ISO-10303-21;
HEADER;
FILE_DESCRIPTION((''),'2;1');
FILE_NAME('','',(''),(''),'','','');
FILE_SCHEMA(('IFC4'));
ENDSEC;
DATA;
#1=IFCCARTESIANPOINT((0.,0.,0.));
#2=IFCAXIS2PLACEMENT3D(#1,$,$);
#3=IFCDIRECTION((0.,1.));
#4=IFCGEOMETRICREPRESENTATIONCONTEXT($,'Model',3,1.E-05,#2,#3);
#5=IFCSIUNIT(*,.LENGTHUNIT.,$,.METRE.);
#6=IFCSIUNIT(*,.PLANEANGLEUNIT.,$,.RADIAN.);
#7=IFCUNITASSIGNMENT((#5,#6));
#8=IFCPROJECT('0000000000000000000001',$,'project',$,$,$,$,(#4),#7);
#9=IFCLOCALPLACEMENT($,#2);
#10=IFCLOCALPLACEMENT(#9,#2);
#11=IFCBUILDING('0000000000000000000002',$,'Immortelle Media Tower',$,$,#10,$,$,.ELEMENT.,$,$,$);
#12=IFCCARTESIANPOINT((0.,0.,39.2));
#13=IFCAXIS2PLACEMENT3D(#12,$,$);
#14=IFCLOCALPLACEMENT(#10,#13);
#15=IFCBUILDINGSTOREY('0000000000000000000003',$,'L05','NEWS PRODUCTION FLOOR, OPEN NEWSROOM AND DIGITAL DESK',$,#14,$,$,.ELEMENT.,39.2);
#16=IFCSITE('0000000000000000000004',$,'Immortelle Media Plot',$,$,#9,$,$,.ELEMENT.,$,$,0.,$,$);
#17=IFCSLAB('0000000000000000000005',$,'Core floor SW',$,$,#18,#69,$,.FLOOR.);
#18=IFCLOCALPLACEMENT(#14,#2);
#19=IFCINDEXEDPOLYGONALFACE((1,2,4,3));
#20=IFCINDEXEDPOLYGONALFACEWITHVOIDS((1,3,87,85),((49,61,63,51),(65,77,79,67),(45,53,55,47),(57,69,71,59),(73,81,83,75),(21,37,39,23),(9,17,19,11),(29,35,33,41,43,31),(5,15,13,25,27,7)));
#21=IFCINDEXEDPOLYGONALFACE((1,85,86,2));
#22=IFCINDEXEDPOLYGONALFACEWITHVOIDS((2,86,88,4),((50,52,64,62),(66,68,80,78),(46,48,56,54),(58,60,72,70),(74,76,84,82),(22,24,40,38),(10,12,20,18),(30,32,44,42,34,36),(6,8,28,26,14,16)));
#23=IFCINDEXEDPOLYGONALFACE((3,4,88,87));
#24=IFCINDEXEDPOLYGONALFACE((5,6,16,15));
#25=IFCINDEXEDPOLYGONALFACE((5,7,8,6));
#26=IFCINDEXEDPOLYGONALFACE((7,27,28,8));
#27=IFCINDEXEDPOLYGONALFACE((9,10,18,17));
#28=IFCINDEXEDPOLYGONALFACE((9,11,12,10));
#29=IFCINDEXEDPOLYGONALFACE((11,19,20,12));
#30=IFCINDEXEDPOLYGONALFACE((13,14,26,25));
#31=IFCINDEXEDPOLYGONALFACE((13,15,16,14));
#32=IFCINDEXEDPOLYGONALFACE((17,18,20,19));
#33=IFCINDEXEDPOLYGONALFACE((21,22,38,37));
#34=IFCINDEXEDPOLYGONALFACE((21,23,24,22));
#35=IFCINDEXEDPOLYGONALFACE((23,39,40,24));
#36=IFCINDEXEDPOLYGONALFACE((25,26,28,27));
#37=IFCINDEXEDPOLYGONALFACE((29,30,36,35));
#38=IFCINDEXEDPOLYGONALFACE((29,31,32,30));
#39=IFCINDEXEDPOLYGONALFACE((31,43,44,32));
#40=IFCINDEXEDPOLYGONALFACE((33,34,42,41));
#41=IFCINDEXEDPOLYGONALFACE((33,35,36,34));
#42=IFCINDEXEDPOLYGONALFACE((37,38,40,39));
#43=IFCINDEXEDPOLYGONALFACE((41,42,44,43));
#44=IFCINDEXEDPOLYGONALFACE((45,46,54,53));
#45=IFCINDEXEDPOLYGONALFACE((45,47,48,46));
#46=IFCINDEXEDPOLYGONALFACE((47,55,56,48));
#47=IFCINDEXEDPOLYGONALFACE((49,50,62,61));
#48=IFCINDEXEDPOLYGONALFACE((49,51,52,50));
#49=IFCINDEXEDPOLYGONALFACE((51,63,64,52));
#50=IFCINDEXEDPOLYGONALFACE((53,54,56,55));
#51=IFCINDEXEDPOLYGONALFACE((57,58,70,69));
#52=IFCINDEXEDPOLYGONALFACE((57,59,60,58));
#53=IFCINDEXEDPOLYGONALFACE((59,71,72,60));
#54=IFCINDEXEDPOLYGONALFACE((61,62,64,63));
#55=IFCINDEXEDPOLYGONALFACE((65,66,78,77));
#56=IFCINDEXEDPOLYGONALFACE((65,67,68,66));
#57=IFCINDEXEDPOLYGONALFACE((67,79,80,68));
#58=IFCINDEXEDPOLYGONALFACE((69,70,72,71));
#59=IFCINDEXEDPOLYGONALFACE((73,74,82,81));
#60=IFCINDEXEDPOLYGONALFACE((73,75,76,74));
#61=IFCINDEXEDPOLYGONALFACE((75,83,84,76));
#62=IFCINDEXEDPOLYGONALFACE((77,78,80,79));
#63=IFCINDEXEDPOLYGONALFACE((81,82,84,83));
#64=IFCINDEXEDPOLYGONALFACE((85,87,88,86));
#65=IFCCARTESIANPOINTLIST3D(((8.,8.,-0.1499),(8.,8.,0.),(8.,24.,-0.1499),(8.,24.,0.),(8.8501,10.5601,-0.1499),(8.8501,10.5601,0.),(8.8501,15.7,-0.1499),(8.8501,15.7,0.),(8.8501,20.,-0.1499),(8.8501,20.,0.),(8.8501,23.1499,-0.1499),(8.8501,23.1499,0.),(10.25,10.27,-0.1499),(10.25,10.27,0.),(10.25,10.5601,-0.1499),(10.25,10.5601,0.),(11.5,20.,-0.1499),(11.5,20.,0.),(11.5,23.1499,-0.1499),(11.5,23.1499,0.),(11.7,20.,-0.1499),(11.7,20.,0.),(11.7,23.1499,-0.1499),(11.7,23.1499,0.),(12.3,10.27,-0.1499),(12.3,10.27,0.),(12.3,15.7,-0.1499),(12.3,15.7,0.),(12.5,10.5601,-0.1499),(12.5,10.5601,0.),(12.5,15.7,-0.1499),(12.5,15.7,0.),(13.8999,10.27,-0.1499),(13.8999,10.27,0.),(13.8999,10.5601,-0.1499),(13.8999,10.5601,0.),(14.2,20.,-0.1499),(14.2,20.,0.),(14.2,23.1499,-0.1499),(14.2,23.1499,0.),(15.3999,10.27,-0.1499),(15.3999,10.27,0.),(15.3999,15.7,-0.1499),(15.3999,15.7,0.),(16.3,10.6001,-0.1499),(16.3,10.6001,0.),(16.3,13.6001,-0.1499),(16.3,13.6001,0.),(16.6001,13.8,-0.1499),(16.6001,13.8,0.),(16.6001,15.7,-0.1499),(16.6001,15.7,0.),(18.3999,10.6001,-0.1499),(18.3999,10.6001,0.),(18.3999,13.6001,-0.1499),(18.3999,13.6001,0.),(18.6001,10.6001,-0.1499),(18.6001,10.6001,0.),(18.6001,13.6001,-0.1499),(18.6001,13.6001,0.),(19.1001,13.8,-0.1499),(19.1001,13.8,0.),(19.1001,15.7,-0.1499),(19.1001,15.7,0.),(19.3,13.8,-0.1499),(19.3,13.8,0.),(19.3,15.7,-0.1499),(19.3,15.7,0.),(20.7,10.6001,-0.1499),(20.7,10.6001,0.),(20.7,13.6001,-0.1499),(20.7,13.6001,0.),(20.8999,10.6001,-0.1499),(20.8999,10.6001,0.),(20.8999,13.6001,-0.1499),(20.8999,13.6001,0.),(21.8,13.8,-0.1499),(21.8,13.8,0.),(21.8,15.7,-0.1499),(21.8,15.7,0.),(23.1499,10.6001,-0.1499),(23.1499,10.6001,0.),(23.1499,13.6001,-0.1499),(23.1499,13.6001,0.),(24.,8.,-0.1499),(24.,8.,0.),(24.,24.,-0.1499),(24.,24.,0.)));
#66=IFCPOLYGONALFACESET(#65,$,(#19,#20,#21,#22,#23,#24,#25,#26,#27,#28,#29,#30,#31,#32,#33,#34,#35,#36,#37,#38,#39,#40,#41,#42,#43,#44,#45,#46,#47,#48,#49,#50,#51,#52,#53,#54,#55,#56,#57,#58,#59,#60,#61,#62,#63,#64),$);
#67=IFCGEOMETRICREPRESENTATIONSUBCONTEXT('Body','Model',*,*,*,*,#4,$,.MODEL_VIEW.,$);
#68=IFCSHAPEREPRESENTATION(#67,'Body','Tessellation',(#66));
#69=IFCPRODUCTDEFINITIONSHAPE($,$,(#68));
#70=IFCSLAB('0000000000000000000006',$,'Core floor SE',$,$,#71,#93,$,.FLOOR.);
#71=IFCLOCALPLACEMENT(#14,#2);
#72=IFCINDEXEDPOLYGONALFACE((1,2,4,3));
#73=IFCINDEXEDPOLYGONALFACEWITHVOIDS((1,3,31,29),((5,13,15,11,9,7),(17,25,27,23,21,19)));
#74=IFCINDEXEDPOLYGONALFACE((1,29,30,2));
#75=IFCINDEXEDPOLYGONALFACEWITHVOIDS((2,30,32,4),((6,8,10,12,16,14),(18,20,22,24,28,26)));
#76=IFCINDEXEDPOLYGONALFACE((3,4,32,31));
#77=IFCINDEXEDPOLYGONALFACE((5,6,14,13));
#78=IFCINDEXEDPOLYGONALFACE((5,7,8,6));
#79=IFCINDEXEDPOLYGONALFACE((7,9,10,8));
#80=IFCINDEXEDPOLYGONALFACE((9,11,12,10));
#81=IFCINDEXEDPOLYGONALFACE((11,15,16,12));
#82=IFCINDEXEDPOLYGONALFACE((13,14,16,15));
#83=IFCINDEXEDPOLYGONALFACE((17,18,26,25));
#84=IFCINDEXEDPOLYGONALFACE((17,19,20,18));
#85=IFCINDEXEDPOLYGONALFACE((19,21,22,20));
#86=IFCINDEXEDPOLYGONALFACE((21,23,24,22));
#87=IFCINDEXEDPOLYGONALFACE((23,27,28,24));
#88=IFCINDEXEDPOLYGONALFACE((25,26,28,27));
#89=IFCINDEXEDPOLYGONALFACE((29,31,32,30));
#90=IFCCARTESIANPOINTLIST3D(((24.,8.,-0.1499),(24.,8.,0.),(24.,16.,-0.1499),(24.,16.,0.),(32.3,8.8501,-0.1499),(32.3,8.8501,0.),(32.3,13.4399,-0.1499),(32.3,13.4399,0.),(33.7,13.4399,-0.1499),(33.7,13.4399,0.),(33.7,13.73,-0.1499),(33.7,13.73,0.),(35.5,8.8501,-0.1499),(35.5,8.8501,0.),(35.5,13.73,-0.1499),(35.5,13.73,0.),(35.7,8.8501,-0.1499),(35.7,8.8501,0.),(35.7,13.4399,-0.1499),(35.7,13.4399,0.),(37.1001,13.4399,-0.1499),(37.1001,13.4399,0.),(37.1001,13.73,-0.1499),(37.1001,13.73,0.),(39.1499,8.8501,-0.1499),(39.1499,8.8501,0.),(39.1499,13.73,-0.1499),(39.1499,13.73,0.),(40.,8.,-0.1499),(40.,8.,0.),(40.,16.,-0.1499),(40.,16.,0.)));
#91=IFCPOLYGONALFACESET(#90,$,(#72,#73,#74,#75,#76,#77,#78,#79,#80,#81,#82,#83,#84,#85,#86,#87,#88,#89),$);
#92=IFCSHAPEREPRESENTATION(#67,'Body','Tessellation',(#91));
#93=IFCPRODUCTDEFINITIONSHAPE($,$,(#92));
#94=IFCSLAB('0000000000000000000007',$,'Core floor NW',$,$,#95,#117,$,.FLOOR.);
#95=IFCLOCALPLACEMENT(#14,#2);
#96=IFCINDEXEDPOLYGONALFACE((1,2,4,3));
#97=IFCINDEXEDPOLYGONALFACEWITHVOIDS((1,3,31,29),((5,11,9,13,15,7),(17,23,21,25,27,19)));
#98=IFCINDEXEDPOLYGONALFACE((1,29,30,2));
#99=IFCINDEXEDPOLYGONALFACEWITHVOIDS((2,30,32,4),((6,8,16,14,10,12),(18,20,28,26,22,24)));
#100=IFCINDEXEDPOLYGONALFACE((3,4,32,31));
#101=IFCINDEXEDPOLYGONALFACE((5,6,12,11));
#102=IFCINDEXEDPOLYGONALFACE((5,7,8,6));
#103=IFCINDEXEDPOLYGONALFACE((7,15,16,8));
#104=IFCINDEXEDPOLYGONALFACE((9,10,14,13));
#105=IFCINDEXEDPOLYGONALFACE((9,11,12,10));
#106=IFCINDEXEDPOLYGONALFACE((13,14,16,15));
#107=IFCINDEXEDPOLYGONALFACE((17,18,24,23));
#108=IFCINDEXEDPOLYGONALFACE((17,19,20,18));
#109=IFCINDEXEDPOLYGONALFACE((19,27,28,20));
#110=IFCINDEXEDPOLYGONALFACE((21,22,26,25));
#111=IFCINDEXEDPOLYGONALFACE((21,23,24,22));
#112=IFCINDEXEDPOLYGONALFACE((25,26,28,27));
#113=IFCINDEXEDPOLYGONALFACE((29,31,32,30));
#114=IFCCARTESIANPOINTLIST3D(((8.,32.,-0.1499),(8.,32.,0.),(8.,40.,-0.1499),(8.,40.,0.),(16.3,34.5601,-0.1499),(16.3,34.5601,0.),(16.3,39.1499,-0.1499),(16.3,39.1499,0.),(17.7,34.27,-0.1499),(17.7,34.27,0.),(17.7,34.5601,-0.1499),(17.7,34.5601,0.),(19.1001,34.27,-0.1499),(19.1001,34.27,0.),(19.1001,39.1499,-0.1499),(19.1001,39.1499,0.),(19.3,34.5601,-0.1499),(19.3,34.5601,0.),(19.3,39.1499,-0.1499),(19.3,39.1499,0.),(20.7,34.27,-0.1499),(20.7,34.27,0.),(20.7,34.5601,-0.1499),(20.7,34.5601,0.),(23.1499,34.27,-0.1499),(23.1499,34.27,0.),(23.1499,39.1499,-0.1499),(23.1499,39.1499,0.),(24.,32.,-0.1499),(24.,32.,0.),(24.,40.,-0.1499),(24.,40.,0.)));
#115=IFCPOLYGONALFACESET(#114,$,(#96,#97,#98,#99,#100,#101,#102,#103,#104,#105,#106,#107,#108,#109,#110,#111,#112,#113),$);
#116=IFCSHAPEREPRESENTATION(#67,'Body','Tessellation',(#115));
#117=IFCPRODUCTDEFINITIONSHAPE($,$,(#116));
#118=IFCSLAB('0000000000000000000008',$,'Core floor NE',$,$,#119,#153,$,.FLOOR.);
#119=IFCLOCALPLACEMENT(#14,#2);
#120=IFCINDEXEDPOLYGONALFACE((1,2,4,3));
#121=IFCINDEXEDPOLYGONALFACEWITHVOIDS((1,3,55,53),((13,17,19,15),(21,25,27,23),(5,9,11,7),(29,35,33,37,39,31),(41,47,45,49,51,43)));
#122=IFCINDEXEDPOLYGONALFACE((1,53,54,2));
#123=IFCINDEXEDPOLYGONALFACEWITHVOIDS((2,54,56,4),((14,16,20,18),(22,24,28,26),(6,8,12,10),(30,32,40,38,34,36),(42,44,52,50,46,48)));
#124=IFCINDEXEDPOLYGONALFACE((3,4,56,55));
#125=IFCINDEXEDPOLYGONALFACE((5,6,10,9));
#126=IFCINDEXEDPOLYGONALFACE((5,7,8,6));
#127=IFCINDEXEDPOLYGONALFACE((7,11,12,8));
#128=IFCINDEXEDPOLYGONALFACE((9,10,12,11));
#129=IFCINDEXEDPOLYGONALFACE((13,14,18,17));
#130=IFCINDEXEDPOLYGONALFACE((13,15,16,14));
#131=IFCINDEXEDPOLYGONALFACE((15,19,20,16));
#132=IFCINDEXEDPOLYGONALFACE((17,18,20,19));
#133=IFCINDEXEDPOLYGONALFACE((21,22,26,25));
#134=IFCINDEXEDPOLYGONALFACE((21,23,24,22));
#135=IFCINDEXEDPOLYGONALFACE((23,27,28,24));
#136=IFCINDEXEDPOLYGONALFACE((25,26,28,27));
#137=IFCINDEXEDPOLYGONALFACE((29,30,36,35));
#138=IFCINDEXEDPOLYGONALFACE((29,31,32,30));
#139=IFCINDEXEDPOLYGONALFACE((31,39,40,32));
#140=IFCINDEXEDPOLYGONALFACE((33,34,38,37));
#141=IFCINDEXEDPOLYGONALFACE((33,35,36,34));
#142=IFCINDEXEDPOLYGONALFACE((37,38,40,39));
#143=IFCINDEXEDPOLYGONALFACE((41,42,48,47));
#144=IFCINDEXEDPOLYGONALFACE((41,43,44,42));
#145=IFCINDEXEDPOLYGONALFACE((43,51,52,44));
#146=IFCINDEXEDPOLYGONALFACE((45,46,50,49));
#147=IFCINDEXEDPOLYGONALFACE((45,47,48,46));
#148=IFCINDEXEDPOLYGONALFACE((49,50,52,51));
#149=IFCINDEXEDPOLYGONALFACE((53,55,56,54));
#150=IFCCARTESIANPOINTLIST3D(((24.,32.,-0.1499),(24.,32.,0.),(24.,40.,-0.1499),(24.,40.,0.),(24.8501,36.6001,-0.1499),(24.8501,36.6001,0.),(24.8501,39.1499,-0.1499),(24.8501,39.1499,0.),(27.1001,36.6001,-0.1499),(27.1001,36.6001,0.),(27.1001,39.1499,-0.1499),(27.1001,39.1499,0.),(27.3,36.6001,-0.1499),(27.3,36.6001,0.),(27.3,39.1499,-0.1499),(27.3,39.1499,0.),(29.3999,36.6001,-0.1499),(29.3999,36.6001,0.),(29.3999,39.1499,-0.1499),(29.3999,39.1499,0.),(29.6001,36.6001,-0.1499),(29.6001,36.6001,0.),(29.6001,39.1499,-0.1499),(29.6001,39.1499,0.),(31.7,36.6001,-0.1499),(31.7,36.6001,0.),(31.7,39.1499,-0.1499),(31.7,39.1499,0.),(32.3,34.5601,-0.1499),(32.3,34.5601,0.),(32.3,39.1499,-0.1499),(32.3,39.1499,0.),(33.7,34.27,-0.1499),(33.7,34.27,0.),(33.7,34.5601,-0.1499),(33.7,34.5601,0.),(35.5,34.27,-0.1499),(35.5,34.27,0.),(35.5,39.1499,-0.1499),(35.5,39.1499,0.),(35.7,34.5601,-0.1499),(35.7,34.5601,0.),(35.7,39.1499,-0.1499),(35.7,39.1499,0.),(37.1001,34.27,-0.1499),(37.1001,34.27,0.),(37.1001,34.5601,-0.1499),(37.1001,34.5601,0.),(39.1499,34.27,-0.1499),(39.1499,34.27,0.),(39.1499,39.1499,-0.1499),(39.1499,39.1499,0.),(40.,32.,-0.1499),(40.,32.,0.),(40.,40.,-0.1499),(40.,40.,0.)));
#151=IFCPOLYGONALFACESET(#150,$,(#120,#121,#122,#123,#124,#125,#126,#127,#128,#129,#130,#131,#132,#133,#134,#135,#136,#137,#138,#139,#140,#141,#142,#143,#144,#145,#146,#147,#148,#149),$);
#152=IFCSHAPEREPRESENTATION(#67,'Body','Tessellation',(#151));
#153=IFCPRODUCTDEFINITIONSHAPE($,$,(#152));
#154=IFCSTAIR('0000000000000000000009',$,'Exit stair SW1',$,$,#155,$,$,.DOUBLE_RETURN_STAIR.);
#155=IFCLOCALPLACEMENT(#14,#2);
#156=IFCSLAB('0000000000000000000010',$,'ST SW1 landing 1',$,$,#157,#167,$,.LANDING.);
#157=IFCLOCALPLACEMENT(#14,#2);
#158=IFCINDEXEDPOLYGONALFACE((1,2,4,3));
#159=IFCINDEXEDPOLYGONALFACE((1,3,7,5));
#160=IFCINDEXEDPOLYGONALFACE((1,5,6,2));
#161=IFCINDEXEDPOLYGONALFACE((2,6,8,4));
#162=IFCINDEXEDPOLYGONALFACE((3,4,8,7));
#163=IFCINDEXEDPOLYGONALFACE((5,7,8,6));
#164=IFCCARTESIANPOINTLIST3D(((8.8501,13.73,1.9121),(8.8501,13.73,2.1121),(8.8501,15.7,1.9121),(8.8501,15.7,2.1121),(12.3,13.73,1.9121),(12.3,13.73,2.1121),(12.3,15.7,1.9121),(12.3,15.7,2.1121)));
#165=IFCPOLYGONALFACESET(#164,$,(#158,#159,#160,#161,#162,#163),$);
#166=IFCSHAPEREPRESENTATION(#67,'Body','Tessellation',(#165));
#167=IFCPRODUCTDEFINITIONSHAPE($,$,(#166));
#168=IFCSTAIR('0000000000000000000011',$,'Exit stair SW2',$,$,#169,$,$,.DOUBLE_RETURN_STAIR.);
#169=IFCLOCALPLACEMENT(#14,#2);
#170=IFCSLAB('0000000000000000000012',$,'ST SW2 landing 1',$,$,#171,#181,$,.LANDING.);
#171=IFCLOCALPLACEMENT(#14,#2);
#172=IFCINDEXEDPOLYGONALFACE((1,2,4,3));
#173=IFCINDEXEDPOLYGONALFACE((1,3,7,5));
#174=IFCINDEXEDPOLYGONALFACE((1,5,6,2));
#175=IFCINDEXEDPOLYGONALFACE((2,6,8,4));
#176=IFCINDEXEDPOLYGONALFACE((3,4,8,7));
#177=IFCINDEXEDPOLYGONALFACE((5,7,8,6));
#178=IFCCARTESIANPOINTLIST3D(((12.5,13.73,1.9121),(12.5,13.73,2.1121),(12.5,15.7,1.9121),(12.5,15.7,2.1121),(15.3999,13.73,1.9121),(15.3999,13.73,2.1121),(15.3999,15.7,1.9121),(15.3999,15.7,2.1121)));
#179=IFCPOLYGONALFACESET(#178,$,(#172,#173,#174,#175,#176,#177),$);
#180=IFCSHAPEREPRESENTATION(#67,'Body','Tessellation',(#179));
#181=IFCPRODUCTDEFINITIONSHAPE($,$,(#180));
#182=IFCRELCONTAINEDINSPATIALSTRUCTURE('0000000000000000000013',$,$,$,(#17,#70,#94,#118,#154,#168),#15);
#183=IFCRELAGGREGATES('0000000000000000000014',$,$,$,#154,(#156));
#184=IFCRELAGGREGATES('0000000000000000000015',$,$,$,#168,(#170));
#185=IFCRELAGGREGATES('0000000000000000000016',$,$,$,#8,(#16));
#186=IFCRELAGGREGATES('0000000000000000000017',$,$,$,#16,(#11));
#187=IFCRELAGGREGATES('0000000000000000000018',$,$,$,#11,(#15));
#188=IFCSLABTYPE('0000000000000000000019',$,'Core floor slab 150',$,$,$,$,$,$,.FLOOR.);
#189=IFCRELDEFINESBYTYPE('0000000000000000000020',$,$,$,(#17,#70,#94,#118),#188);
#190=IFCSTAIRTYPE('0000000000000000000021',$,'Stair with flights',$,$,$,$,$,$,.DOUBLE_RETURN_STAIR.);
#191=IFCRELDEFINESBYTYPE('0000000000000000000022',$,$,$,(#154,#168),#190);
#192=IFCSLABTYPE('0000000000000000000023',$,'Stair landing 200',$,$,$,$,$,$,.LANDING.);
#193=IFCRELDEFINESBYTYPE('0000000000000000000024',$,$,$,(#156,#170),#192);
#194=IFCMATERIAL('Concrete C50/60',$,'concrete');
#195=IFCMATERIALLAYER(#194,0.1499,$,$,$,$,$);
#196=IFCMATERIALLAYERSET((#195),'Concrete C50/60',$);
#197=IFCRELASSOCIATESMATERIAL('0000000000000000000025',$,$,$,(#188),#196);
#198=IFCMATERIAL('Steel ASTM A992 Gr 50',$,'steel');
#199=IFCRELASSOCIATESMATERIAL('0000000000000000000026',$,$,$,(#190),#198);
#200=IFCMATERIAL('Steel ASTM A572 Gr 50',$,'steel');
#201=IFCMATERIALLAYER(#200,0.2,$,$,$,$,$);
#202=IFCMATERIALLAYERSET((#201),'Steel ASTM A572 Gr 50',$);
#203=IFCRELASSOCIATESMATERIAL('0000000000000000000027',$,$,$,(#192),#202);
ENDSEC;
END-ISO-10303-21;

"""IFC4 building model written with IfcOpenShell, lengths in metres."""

from ifc_helpers import new_model, si_unit, direction, frame, origin, place, context, subcontext, project, spatial, polyline, outline, extrude, material, layer, layer_set, type_object, element, aggregate, save


model = new_model("IFC4")

# Units and contexts
model_context = context("Model", 3, precision=1e-05, world=origin(), true_north=direction((0.0, 1.0)))
body_context = subcontext(model_context, "Body", "Model", "MODEL_VIEW")
ifc_project = project(units=[si_unit("LENGTHUNIT", "METRE"), si_unit("PLANEANGLEUNIT", "RADIAN")], contexts=[model_context])

# Site, building, storey
site_placement = place(None, origin())
site = spatial("IfcSite", under=ifc_project, at=site_placement, Name="Immortelle Media Plot", CompositionType="ELEMENT", RefElevation=0.0)
building_placement = place(site_placement, origin())
building = spatial("IfcBuilding", under=site, at=building_placement, Name="Immortelle Media Tower", CompositionType="ELEMENT")
storey_placement = place(building_placement, frame((0.0, 0.0, 39.2)))
storey = spatial("IfcBuildingStorey", under=building, at=storey_placement, Name="L05", Description="NEWS PRODUCTION FLOOR, OPEN NEWSROOM AND DIGITAL DESK", CompositionType="ELEMENT", Elevation=39.2)

# Slabs
ifc_material_1 = material(Name="Concrete C50/60", Category="concrete")
ifc_layer_1 = layer(ifc_material_1, 0.1499)
ifc_layer_set_1 = layer_set([ifc_layer_1], Name="Concrete C50/60")
slab_type_1 = type_object("IfcSlabType", Name="Core floor slab 150", PredefinedType="FLOOR", material=ifc_layer_set_1)
slab_1_placement = place(storey_placement, frame((0.0, 0.0, -0.1499)))
element("IfcSlab", 1, at=slab_1_placement, inside=storey, type_object=slab_type_1, Name="Core floor SW", PredefinedType="FLOOR", context=body_context, shape_type="SweptSolid", body=[
    extrude(outline(polyline([(8.0, 8.0), (24.0, 8.0), (24.0, 24.0), (8.0, 24.0), (8.0, 8.0)]), holes=[polyline([(8.8501, 20.0), (11.5, 20.0), (11.5, 23.1499), (8.8501, 23.1499), (8.8501, 20.0)]), polyline([(11.7, 20.0), (14.2, 20.0), (14.2, 23.1499), (11.7, 23.1499), (11.7, 20.0)]), polyline([(16.6001, 13.8), (19.1001, 13.8), (19.1001, 15.7), (16.6001, 15.7), (16.6001, 13.8)]), polyline([(19.3, 13.8), (21.8, 13.8), (21.8, 15.7), (19.3, 15.7), (19.3, 13.8)]), polyline([(16.3, 10.6001), (18.3999, 10.6001), (18.3999, 13.6001), (16.3, 13.6001), (16.3, 10.6001)]), polyline([(18.6001, 10.6001), (20.7, 10.6001), (20.7, 13.6001), (18.6001, 13.6001), (18.6001, 10.6001)]), polyline([(20.8999, 10.6001), (23.1499, 10.6001), (23.1499, 13.6001), (20.8999, 13.6001), (20.8999, 10.6001)]), polyline([(8.8501, 15.7), (12.3, 15.7), (12.3, 10.27), (10.25, 10.27), (10.25, 10.5601), (8.8501, 10.5601), (8.8501, 15.7)]), polyline([(12.5, 15.7), (15.3999, 15.7), (15.3999, 10.27), (13.8999, 10.27), (13.8999, 10.5601), (12.5, 10.5601), (12.5, 15.7)])]), origin(), (0.0, 0.0, 1.0), 0.1499),
])
slab_2_placement = place(storey_placement, frame((0.0, 0.0, -0.1499)))
element("IfcSlab", 2, at=slab_2_placement, inside=storey, type_object=slab_type_1, Name="Core floor SE", PredefinedType="FLOOR", context=body_context, shape_type="SweptSolid", body=[
    extrude(outline(polyline([(24.0, 8.0), (40.0, 8.0), (40.0, 16.0), (24.0, 16.0), (24.0, 8.0)]), holes=[polyline([(35.5, 13.73), (35.5, 8.8501), (32.3, 8.8501), (32.3, 13.4399), (33.7, 13.4399), (33.7, 13.73), (35.5, 13.73)]), polyline([(39.1499, 13.73), (39.1499, 8.8501), (35.7, 8.8501), (35.7, 13.4399), (37.1001, 13.4399), (37.1001, 13.73), (39.1499, 13.73)])]), origin(), (0.0, 0.0, 1.0), 0.1499),
])
slab_3_placement = place(storey_placement, frame((0.0, 0.0, -0.1499)))
element("IfcSlab", 3, at=slab_3_placement, inside=storey, type_object=slab_type_1, Name="Core floor NW", PredefinedType="FLOOR", context=body_context, shape_type="SweptSolid", body=[
    extrude(outline(polyline([(8.0, 32.0), (24.0, 32.0), (24.0, 40.0), (8.0, 40.0), (8.0, 32.0)]), holes=[polyline([(16.3, 39.1499), (19.1001, 39.1499), (19.1001, 34.27), (17.7, 34.27), (17.7, 34.5601), (16.3, 34.5601), (16.3, 39.1499)]), polyline([(19.3, 39.1499), (23.1499, 39.1499), (23.1499, 34.27), (20.7, 34.27), (20.7, 34.5601), (19.3, 34.5601), (19.3, 39.1499)])]), origin(), (0.0, 0.0, 1.0), 0.1499),
])
slab_4_placement = place(storey_placement, frame((0.0, 0.0, -0.1499)))
element("IfcSlab", 4, at=slab_4_placement, inside=storey, type_object=slab_type_1, Name="Core floor NE", PredefinedType="FLOOR", context=body_context, shape_type="SweptSolid", body=[
    extrude(outline(polyline([(24.0, 32.0), (40.0, 32.0), (40.0, 40.0), (24.0, 40.0), (24.0, 32.0)]), holes=[polyline([(24.8501, 36.6001), (27.1001, 36.6001), (27.1001, 39.1499), (24.8501, 39.1499), (24.8501, 36.6001)]), polyline([(27.3, 36.6001), (29.3999, 36.6001), (29.3999, 39.1499), (27.3, 39.1499), (27.3, 36.6001)]), polyline([(29.6001, 36.6001), (31.7, 36.6001), (31.7, 39.1499), (29.6001, 39.1499), (29.6001, 36.6001)]), polyline([(32.3, 39.1499), (35.5, 39.1499), (35.5, 34.27), (33.7, 34.27), (33.7, 34.5601), (32.3, 34.5601), (32.3, 39.1499)]), polyline([(35.7, 39.1499), (39.1499, 39.1499), (39.1499, 34.27), (37.1001, 34.27), (37.1001, 34.5601), (35.7, 34.5601), (35.7, 39.1499)])]), origin(), (0.0, 0.0, 1.0), 0.1499),
])

# Stairs, slabs
ifc_material_2 = material(Name="Steel ASTM A992 Gr 50", Category="steel")
stair_type = type_object("IfcStairType", Name="Stair with flights", PredefinedType="DOUBLE_RETURN_STAIR", material=ifc_material_2)
stair_1_placement = place(storey_placement, origin())
stair_1 = element("IfcStair", 5, at=stair_1_placement, inside=storey, type_object=stair_type, Name="Exit stair SW1", PredefinedType="DOUBLE_RETURN_STAIR")
ifc_material_3 = material(Name="Steel ASTM A572 Gr 50", Category="steel")
ifc_layer_2 = layer(ifc_material_3, 0.2)
ifc_layer_set_2 = layer_set([ifc_layer_2], Name="Steel ASTM A572 Gr 50")
slab_type_2 = type_object("IfcSlabType", Name="Stair landing 200", PredefinedType="LANDING", material=ifc_layer_set_2)
slab_5_placement = place(storey_placement, frame((0.0, 0.0, 1.9121)))
slab_5 = element("IfcSlab", 6, at=slab_5_placement, type_object=slab_type_2, Name="ST SW1 landing 1", PredefinedType="LANDING", context=body_context, shape_type="SweptSolid", body=[
    extrude(outline(polyline([(8.8501, 13.73), (12.3, 13.73), (12.3, 15.7), (8.8501, 15.7), (8.8501, 13.73)])), origin(), (0.0, 0.0, 1.0), 0.2),
])
aggregate(stair_1, [slab_5])
stair_2_placement = place(storey_placement, origin())
stair_2 = element("IfcStair", 7, at=stair_2_placement, inside=storey, type_object=stair_type, Name="Exit stair SW2", PredefinedType="DOUBLE_RETURN_STAIR")
slab_6_placement = place(storey_placement, frame((0.0, 0.0, 1.9121)))
slab_6 = element("IfcSlab", 8, at=slab_6_placement, type_object=slab_type_2, Name="ST SW2 landing 1", PredefinedType="LANDING", context=body_context, shape_type="SweptSolid", body=[
    extrude(outline(polyline([(12.5, 13.73), (15.3999, 13.73), (15.3999, 15.7), (12.5, 15.7), (12.5, 13.73)])), origin(), (0.0, 0.0, 1.0), 0.2),
])
aggregate(stair_2, [slab_6])

save(model, "model.ifc")
